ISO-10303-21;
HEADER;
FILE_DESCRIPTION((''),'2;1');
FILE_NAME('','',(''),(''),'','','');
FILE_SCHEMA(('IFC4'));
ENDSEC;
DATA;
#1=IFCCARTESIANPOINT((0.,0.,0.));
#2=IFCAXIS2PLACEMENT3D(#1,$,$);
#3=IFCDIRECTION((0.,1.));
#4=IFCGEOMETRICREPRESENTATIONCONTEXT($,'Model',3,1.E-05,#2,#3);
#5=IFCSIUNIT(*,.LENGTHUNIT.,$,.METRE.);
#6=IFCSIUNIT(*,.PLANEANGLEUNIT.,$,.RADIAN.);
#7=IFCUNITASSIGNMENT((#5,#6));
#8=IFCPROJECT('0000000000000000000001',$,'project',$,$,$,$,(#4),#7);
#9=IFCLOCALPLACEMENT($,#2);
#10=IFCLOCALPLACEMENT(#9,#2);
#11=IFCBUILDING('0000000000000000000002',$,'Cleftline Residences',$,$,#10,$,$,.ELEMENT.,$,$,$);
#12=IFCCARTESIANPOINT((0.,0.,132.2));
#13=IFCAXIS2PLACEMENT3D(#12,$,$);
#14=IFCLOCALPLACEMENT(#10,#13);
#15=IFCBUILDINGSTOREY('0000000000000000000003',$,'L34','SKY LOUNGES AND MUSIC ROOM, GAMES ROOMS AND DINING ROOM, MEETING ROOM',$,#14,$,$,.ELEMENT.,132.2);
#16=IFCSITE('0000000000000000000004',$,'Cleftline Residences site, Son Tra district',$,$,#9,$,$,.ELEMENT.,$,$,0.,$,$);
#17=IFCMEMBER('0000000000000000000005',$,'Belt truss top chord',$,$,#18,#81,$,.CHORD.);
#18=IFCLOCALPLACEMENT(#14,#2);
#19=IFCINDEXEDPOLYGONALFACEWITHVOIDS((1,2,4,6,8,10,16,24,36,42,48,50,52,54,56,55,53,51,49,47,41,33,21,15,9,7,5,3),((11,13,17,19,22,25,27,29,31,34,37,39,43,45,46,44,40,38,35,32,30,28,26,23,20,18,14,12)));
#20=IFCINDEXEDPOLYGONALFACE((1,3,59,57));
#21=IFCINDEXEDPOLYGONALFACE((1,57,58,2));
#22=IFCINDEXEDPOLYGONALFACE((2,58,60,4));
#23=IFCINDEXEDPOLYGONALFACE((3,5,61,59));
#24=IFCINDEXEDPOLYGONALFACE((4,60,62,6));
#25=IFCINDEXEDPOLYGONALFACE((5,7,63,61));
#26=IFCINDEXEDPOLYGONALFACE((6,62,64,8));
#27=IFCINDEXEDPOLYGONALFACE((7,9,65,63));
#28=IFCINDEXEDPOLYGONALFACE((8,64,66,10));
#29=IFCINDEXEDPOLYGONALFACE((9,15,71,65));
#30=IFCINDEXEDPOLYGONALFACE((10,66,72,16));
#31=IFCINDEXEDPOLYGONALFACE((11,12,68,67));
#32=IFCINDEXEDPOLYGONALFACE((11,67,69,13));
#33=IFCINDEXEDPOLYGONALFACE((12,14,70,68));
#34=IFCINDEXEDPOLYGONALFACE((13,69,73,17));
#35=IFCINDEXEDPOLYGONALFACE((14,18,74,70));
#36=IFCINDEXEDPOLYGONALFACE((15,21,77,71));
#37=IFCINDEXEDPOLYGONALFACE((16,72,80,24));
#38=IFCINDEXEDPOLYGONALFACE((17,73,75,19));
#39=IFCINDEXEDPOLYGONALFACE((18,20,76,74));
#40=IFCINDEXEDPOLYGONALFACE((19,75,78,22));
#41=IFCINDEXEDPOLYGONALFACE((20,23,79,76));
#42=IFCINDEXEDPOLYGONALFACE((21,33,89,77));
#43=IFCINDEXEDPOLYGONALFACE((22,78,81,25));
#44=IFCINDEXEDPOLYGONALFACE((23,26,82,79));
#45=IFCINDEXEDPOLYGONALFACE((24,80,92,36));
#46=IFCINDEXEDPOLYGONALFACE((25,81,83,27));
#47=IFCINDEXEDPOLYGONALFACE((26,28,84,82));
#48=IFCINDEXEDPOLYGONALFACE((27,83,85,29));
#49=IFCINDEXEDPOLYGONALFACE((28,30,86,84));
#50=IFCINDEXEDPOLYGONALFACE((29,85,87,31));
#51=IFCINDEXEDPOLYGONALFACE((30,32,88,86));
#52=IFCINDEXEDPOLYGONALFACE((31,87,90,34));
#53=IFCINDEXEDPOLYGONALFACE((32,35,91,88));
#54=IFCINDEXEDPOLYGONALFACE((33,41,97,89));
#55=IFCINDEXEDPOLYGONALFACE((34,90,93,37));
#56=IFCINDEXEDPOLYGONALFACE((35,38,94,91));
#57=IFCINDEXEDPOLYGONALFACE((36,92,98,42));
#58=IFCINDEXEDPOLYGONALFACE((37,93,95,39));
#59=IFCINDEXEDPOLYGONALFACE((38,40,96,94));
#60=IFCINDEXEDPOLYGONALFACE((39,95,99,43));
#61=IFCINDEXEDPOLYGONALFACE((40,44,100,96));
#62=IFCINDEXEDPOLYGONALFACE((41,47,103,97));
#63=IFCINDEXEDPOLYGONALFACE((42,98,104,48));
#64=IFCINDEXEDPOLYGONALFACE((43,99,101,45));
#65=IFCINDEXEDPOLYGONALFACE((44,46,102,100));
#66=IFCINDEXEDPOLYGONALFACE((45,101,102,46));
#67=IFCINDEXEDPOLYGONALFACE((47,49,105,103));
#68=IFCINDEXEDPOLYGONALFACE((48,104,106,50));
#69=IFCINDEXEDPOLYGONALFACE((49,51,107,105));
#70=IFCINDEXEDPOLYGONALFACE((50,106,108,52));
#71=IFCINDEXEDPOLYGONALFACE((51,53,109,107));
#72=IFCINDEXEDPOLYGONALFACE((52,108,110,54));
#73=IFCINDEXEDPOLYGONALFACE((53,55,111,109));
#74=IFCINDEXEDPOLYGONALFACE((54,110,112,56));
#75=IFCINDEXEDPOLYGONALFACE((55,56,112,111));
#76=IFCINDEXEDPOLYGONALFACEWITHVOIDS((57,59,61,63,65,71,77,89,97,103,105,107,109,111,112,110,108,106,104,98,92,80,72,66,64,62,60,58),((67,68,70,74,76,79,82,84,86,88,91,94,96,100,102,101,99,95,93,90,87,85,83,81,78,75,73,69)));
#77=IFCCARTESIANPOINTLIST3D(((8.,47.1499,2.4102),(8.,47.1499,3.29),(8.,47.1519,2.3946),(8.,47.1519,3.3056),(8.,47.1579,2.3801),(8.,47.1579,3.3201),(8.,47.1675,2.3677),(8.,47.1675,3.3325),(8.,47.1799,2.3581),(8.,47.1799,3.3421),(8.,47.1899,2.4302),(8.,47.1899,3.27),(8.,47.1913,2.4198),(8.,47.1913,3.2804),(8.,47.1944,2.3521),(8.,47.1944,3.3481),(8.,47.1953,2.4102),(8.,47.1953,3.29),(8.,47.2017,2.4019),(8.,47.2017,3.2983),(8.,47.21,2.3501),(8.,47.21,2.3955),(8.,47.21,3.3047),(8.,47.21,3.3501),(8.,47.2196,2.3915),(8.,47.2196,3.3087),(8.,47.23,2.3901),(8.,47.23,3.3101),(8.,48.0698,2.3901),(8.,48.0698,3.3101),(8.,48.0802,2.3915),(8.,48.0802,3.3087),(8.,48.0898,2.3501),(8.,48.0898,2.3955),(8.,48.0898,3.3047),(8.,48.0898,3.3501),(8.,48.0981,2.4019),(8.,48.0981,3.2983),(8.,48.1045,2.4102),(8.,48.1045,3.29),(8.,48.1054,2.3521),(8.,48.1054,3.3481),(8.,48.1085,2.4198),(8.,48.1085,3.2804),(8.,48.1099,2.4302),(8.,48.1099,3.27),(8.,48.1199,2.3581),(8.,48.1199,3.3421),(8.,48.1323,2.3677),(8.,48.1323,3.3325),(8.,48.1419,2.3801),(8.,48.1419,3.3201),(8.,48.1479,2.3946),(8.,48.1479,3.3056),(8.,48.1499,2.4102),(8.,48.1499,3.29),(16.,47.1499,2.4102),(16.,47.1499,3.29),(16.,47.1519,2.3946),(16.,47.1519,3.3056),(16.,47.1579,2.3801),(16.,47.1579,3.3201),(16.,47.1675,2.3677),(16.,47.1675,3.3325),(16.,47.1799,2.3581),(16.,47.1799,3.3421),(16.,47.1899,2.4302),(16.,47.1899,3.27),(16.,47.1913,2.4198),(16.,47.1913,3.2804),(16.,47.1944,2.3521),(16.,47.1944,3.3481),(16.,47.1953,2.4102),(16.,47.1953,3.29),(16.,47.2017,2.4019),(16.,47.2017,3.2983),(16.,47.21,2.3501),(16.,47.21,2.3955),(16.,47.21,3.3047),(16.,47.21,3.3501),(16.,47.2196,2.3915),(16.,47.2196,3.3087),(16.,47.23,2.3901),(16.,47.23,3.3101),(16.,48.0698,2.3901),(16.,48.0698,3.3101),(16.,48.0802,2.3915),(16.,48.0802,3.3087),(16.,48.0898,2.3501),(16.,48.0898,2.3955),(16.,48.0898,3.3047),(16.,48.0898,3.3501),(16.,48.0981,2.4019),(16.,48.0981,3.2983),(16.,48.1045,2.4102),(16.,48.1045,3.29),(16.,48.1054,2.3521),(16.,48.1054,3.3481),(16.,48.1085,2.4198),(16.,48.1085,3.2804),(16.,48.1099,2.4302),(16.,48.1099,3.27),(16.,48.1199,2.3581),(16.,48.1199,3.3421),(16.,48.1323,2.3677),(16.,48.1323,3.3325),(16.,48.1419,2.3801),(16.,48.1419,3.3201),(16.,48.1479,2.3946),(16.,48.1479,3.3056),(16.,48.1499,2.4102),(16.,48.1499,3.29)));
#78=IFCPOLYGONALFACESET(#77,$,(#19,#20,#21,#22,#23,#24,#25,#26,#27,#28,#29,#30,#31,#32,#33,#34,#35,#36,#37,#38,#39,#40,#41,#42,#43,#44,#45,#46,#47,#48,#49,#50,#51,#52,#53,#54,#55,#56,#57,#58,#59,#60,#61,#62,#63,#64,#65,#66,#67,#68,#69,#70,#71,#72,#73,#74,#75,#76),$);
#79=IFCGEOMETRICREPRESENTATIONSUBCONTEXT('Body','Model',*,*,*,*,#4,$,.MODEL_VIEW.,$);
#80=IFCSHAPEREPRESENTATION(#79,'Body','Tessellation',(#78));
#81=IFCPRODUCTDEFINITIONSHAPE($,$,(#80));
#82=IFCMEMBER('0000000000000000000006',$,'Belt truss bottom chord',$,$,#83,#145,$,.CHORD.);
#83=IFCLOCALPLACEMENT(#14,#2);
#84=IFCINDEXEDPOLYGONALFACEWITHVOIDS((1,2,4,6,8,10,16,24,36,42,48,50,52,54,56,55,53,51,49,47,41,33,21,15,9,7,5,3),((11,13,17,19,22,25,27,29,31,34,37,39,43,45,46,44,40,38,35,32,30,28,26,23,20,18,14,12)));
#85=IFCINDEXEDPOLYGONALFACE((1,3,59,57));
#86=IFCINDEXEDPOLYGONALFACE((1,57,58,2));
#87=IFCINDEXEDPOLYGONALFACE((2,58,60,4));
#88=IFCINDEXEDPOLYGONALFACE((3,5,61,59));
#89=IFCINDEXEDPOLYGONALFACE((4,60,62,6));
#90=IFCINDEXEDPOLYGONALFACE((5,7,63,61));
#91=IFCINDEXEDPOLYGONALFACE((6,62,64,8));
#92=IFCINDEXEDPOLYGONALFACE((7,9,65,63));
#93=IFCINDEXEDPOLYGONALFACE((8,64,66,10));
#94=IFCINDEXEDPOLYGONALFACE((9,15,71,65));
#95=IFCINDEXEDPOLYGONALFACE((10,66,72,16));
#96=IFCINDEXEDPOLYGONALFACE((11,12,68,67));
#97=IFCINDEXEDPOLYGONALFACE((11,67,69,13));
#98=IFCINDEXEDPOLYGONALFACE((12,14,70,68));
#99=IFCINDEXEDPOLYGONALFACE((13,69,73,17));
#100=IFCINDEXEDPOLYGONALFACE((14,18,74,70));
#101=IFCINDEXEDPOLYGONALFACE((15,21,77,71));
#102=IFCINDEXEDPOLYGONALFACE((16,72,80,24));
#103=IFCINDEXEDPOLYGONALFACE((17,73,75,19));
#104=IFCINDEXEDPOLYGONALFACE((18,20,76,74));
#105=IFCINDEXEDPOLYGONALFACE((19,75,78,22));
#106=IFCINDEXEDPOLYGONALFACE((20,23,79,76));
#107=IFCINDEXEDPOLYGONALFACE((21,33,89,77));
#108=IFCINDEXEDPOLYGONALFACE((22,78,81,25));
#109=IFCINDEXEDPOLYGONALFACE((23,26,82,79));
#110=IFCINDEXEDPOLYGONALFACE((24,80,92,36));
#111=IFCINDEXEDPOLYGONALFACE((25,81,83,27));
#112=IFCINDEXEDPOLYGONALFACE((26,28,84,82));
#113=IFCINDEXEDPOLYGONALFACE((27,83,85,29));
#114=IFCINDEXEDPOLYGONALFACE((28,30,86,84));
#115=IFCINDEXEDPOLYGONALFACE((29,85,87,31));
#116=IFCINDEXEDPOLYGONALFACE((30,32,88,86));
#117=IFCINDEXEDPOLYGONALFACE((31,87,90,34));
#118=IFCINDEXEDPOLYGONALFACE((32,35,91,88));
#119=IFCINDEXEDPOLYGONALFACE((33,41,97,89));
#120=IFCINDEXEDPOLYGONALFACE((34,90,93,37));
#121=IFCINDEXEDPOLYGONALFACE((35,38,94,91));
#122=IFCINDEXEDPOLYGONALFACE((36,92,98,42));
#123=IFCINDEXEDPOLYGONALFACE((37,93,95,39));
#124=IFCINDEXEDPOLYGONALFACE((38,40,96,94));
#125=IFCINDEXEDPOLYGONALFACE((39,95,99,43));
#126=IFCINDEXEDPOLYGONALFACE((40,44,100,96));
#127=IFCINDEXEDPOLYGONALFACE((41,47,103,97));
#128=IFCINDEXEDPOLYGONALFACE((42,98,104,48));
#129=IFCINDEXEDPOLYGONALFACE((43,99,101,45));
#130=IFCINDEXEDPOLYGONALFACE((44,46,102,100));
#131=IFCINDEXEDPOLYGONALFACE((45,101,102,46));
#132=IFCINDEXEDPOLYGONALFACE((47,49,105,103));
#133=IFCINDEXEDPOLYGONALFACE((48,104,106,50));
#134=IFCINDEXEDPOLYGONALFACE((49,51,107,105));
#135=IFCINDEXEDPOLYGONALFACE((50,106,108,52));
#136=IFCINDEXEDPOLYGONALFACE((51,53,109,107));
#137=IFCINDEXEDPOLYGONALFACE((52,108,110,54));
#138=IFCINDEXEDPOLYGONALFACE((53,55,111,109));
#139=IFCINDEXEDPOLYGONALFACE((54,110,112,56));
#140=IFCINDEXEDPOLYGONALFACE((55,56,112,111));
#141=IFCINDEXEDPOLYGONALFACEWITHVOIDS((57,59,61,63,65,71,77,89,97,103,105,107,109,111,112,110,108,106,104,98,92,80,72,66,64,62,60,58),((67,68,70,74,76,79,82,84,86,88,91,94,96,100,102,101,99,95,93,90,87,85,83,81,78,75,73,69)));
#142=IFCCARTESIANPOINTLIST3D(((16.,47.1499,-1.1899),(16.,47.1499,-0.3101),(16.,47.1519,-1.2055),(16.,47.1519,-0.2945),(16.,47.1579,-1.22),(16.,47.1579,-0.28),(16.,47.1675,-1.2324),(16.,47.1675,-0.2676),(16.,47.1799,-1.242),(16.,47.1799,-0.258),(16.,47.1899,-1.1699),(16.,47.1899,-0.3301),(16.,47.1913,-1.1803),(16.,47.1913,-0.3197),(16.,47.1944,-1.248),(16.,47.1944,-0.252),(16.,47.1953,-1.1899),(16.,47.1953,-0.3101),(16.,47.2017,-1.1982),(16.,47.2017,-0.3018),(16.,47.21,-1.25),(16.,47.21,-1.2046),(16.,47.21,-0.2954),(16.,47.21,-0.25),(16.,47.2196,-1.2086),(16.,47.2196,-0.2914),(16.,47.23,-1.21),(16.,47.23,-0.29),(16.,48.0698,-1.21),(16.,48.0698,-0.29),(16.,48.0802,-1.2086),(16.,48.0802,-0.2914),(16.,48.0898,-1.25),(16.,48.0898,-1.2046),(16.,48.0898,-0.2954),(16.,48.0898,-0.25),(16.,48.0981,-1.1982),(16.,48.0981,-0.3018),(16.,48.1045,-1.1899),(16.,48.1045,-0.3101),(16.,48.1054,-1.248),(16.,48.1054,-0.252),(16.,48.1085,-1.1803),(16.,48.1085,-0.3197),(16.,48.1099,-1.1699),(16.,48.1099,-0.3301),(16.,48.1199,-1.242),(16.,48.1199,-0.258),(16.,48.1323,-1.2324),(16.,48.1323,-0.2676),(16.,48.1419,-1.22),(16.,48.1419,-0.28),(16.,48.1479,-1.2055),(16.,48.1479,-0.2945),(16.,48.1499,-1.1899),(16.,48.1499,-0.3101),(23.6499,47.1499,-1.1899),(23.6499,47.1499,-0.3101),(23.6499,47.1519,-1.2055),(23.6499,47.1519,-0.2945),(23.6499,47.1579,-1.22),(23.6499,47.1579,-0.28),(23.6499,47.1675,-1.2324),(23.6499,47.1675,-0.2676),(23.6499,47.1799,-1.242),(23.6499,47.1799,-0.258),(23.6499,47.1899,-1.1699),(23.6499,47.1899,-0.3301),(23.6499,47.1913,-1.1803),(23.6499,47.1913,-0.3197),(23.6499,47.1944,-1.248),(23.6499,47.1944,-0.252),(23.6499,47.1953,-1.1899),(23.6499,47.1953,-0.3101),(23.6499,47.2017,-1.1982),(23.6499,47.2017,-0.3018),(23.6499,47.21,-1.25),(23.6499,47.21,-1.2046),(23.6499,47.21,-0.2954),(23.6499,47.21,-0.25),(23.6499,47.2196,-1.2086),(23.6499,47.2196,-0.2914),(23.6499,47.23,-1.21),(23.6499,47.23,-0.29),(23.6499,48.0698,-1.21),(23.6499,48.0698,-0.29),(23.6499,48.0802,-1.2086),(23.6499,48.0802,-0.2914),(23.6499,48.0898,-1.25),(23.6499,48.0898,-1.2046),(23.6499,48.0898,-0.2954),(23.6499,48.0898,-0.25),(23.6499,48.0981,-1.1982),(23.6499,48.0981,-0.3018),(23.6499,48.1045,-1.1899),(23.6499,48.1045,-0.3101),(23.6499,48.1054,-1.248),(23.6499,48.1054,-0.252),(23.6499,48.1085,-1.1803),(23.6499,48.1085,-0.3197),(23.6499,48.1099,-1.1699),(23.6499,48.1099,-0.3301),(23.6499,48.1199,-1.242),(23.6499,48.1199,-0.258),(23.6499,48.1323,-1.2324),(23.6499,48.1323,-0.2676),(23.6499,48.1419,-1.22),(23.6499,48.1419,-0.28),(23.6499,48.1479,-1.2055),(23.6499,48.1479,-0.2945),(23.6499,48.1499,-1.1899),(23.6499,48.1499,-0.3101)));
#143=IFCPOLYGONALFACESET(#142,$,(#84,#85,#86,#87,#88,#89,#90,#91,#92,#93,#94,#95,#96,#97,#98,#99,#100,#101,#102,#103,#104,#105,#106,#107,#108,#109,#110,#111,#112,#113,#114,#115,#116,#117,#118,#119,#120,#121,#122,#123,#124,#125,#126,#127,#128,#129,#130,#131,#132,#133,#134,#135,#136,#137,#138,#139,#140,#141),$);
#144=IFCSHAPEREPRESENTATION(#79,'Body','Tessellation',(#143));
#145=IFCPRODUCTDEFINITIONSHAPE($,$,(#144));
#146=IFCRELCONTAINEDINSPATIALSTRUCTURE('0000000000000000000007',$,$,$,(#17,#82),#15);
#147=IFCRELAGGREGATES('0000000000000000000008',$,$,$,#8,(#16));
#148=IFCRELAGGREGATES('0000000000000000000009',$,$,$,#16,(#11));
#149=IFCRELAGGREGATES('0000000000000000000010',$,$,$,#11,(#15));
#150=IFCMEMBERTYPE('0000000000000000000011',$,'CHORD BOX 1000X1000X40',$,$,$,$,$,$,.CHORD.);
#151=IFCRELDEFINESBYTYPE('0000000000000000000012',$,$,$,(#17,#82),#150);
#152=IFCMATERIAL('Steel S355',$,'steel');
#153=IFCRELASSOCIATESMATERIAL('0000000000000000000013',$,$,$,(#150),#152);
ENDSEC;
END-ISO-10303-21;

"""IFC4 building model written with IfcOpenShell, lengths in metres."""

from ifc_helpers import new_model, si_unit, direction, frame, origin, origin_2d, place, context, subcontext, project, spatial, hollow_rectangle, extrude, material, material_profile, profile_set, type_object, element, save


model = new_model("IFC4")

# Units and contexts
model_context = context("Model", 3, precision=1e-05, world=origin(), true_north=direction((0.0, 1.0)))
body_context = subcontext(model_context, "Body", "Model", "MODEL_VIEW")
ifc_project = project(units=[si_unit("LENGTHUNIT", "METRE"), si_unit("PLANEANGLEUNIT", "RADIAN")], contexts=[model_context])

# Site, building, storey
site_placement = place(None, origin())
site = spatial("IfcSite", under=ifc_project, at=site_placement, Name="Cleftline Residences site, Son Tra district", CompositionType="ELEMENT", RefElevation=0.0)
building_placement = place(site_placement, origin())
building = spatial("IfcBuilding", under=site, at=building_placement, Name="Cleftline Residences", CompositionType="ELEMENT")
storey_placement = place(building_placement, frame((0.0, 0.0, 132.2)))
storey = spatial("IfcBuildingStorey", under=building, at=storey_placement, Name="L34", Description="SKY LOUNGES AND MUSIC ROOM, GAMES ROOMS AND DINING ROOM, MEETING ROOM", CompositionType="ELEMENT", Elevation=132.2)

# Members
ifc_material_1 = material(Name="Steel S355", Category="steel")
ifc_material_profile_1 = material_profile(ifc_material_1, hollow_rectangle(XDim=1.0, YDim=1.0, WallThickness=0.04, InnerFilletRadius=0.04, OuterFilletRadius=0.0601, at=origin_2d()))
ifc_profile_set_1 = profile_set([ifc_material_profile_1], Name="Steel S355")
member_type_1 = type_object("IfcMemberType", Name="CHORD BOX 1000X1000X40", PredefinedType="CHORD", material=ifc_profile_set_1)
member_1_placement = place(storey_placement, frame((8.0, 47.6499, 2.8501), z_axis=(1.0, 0.0, 0.0), x_axis=(0.0, 1.0, 0.0)))
element("IfcMember", 1, at=member_1_placement, inside=storey, type_object=member_type_1, Name="Belt truss top chord", PredefinedType="CHORD", context=body_context, shape_type="SweptSolid", body=[
    extrude(hollow_rectangle(XDim=1.0, YDim=1.0, WallThickness=0.04, InnerFilletRadius=0.04, OuterFilletRadius=0.0601, at=origin_2d()), origin(), (0.0, 0.0, 1.0), 8.0),
])
for number, where, z_axis, x_axis, name in (
    (2, (16.0, 47.6499, -0.75), (1.0, 0.0, 0.0), (0.0, 1.0, 0.0), "Belt truss bottom chord"),
):
    element("IfcMember", number, at=place(storey_placement, frame(where, z_axis=z_axis, x_axis=x_axis)), inside=storey, type_object=member_type_1, Name=name, PredefinedType="CHORD", context=body_context, shape_type="SweptSolid", body=[
        extrude(hollow_rectangle(XDim=1.0, YDim=1.0, WallThickness=0.04, InnerFilletRadius=0.04, OuterFilletRadius=0.0601, at=origin_2d()), origin(), (0.0, 0.0, 1.0), 7.6499),
    ])

save(model, "model.ifc")
